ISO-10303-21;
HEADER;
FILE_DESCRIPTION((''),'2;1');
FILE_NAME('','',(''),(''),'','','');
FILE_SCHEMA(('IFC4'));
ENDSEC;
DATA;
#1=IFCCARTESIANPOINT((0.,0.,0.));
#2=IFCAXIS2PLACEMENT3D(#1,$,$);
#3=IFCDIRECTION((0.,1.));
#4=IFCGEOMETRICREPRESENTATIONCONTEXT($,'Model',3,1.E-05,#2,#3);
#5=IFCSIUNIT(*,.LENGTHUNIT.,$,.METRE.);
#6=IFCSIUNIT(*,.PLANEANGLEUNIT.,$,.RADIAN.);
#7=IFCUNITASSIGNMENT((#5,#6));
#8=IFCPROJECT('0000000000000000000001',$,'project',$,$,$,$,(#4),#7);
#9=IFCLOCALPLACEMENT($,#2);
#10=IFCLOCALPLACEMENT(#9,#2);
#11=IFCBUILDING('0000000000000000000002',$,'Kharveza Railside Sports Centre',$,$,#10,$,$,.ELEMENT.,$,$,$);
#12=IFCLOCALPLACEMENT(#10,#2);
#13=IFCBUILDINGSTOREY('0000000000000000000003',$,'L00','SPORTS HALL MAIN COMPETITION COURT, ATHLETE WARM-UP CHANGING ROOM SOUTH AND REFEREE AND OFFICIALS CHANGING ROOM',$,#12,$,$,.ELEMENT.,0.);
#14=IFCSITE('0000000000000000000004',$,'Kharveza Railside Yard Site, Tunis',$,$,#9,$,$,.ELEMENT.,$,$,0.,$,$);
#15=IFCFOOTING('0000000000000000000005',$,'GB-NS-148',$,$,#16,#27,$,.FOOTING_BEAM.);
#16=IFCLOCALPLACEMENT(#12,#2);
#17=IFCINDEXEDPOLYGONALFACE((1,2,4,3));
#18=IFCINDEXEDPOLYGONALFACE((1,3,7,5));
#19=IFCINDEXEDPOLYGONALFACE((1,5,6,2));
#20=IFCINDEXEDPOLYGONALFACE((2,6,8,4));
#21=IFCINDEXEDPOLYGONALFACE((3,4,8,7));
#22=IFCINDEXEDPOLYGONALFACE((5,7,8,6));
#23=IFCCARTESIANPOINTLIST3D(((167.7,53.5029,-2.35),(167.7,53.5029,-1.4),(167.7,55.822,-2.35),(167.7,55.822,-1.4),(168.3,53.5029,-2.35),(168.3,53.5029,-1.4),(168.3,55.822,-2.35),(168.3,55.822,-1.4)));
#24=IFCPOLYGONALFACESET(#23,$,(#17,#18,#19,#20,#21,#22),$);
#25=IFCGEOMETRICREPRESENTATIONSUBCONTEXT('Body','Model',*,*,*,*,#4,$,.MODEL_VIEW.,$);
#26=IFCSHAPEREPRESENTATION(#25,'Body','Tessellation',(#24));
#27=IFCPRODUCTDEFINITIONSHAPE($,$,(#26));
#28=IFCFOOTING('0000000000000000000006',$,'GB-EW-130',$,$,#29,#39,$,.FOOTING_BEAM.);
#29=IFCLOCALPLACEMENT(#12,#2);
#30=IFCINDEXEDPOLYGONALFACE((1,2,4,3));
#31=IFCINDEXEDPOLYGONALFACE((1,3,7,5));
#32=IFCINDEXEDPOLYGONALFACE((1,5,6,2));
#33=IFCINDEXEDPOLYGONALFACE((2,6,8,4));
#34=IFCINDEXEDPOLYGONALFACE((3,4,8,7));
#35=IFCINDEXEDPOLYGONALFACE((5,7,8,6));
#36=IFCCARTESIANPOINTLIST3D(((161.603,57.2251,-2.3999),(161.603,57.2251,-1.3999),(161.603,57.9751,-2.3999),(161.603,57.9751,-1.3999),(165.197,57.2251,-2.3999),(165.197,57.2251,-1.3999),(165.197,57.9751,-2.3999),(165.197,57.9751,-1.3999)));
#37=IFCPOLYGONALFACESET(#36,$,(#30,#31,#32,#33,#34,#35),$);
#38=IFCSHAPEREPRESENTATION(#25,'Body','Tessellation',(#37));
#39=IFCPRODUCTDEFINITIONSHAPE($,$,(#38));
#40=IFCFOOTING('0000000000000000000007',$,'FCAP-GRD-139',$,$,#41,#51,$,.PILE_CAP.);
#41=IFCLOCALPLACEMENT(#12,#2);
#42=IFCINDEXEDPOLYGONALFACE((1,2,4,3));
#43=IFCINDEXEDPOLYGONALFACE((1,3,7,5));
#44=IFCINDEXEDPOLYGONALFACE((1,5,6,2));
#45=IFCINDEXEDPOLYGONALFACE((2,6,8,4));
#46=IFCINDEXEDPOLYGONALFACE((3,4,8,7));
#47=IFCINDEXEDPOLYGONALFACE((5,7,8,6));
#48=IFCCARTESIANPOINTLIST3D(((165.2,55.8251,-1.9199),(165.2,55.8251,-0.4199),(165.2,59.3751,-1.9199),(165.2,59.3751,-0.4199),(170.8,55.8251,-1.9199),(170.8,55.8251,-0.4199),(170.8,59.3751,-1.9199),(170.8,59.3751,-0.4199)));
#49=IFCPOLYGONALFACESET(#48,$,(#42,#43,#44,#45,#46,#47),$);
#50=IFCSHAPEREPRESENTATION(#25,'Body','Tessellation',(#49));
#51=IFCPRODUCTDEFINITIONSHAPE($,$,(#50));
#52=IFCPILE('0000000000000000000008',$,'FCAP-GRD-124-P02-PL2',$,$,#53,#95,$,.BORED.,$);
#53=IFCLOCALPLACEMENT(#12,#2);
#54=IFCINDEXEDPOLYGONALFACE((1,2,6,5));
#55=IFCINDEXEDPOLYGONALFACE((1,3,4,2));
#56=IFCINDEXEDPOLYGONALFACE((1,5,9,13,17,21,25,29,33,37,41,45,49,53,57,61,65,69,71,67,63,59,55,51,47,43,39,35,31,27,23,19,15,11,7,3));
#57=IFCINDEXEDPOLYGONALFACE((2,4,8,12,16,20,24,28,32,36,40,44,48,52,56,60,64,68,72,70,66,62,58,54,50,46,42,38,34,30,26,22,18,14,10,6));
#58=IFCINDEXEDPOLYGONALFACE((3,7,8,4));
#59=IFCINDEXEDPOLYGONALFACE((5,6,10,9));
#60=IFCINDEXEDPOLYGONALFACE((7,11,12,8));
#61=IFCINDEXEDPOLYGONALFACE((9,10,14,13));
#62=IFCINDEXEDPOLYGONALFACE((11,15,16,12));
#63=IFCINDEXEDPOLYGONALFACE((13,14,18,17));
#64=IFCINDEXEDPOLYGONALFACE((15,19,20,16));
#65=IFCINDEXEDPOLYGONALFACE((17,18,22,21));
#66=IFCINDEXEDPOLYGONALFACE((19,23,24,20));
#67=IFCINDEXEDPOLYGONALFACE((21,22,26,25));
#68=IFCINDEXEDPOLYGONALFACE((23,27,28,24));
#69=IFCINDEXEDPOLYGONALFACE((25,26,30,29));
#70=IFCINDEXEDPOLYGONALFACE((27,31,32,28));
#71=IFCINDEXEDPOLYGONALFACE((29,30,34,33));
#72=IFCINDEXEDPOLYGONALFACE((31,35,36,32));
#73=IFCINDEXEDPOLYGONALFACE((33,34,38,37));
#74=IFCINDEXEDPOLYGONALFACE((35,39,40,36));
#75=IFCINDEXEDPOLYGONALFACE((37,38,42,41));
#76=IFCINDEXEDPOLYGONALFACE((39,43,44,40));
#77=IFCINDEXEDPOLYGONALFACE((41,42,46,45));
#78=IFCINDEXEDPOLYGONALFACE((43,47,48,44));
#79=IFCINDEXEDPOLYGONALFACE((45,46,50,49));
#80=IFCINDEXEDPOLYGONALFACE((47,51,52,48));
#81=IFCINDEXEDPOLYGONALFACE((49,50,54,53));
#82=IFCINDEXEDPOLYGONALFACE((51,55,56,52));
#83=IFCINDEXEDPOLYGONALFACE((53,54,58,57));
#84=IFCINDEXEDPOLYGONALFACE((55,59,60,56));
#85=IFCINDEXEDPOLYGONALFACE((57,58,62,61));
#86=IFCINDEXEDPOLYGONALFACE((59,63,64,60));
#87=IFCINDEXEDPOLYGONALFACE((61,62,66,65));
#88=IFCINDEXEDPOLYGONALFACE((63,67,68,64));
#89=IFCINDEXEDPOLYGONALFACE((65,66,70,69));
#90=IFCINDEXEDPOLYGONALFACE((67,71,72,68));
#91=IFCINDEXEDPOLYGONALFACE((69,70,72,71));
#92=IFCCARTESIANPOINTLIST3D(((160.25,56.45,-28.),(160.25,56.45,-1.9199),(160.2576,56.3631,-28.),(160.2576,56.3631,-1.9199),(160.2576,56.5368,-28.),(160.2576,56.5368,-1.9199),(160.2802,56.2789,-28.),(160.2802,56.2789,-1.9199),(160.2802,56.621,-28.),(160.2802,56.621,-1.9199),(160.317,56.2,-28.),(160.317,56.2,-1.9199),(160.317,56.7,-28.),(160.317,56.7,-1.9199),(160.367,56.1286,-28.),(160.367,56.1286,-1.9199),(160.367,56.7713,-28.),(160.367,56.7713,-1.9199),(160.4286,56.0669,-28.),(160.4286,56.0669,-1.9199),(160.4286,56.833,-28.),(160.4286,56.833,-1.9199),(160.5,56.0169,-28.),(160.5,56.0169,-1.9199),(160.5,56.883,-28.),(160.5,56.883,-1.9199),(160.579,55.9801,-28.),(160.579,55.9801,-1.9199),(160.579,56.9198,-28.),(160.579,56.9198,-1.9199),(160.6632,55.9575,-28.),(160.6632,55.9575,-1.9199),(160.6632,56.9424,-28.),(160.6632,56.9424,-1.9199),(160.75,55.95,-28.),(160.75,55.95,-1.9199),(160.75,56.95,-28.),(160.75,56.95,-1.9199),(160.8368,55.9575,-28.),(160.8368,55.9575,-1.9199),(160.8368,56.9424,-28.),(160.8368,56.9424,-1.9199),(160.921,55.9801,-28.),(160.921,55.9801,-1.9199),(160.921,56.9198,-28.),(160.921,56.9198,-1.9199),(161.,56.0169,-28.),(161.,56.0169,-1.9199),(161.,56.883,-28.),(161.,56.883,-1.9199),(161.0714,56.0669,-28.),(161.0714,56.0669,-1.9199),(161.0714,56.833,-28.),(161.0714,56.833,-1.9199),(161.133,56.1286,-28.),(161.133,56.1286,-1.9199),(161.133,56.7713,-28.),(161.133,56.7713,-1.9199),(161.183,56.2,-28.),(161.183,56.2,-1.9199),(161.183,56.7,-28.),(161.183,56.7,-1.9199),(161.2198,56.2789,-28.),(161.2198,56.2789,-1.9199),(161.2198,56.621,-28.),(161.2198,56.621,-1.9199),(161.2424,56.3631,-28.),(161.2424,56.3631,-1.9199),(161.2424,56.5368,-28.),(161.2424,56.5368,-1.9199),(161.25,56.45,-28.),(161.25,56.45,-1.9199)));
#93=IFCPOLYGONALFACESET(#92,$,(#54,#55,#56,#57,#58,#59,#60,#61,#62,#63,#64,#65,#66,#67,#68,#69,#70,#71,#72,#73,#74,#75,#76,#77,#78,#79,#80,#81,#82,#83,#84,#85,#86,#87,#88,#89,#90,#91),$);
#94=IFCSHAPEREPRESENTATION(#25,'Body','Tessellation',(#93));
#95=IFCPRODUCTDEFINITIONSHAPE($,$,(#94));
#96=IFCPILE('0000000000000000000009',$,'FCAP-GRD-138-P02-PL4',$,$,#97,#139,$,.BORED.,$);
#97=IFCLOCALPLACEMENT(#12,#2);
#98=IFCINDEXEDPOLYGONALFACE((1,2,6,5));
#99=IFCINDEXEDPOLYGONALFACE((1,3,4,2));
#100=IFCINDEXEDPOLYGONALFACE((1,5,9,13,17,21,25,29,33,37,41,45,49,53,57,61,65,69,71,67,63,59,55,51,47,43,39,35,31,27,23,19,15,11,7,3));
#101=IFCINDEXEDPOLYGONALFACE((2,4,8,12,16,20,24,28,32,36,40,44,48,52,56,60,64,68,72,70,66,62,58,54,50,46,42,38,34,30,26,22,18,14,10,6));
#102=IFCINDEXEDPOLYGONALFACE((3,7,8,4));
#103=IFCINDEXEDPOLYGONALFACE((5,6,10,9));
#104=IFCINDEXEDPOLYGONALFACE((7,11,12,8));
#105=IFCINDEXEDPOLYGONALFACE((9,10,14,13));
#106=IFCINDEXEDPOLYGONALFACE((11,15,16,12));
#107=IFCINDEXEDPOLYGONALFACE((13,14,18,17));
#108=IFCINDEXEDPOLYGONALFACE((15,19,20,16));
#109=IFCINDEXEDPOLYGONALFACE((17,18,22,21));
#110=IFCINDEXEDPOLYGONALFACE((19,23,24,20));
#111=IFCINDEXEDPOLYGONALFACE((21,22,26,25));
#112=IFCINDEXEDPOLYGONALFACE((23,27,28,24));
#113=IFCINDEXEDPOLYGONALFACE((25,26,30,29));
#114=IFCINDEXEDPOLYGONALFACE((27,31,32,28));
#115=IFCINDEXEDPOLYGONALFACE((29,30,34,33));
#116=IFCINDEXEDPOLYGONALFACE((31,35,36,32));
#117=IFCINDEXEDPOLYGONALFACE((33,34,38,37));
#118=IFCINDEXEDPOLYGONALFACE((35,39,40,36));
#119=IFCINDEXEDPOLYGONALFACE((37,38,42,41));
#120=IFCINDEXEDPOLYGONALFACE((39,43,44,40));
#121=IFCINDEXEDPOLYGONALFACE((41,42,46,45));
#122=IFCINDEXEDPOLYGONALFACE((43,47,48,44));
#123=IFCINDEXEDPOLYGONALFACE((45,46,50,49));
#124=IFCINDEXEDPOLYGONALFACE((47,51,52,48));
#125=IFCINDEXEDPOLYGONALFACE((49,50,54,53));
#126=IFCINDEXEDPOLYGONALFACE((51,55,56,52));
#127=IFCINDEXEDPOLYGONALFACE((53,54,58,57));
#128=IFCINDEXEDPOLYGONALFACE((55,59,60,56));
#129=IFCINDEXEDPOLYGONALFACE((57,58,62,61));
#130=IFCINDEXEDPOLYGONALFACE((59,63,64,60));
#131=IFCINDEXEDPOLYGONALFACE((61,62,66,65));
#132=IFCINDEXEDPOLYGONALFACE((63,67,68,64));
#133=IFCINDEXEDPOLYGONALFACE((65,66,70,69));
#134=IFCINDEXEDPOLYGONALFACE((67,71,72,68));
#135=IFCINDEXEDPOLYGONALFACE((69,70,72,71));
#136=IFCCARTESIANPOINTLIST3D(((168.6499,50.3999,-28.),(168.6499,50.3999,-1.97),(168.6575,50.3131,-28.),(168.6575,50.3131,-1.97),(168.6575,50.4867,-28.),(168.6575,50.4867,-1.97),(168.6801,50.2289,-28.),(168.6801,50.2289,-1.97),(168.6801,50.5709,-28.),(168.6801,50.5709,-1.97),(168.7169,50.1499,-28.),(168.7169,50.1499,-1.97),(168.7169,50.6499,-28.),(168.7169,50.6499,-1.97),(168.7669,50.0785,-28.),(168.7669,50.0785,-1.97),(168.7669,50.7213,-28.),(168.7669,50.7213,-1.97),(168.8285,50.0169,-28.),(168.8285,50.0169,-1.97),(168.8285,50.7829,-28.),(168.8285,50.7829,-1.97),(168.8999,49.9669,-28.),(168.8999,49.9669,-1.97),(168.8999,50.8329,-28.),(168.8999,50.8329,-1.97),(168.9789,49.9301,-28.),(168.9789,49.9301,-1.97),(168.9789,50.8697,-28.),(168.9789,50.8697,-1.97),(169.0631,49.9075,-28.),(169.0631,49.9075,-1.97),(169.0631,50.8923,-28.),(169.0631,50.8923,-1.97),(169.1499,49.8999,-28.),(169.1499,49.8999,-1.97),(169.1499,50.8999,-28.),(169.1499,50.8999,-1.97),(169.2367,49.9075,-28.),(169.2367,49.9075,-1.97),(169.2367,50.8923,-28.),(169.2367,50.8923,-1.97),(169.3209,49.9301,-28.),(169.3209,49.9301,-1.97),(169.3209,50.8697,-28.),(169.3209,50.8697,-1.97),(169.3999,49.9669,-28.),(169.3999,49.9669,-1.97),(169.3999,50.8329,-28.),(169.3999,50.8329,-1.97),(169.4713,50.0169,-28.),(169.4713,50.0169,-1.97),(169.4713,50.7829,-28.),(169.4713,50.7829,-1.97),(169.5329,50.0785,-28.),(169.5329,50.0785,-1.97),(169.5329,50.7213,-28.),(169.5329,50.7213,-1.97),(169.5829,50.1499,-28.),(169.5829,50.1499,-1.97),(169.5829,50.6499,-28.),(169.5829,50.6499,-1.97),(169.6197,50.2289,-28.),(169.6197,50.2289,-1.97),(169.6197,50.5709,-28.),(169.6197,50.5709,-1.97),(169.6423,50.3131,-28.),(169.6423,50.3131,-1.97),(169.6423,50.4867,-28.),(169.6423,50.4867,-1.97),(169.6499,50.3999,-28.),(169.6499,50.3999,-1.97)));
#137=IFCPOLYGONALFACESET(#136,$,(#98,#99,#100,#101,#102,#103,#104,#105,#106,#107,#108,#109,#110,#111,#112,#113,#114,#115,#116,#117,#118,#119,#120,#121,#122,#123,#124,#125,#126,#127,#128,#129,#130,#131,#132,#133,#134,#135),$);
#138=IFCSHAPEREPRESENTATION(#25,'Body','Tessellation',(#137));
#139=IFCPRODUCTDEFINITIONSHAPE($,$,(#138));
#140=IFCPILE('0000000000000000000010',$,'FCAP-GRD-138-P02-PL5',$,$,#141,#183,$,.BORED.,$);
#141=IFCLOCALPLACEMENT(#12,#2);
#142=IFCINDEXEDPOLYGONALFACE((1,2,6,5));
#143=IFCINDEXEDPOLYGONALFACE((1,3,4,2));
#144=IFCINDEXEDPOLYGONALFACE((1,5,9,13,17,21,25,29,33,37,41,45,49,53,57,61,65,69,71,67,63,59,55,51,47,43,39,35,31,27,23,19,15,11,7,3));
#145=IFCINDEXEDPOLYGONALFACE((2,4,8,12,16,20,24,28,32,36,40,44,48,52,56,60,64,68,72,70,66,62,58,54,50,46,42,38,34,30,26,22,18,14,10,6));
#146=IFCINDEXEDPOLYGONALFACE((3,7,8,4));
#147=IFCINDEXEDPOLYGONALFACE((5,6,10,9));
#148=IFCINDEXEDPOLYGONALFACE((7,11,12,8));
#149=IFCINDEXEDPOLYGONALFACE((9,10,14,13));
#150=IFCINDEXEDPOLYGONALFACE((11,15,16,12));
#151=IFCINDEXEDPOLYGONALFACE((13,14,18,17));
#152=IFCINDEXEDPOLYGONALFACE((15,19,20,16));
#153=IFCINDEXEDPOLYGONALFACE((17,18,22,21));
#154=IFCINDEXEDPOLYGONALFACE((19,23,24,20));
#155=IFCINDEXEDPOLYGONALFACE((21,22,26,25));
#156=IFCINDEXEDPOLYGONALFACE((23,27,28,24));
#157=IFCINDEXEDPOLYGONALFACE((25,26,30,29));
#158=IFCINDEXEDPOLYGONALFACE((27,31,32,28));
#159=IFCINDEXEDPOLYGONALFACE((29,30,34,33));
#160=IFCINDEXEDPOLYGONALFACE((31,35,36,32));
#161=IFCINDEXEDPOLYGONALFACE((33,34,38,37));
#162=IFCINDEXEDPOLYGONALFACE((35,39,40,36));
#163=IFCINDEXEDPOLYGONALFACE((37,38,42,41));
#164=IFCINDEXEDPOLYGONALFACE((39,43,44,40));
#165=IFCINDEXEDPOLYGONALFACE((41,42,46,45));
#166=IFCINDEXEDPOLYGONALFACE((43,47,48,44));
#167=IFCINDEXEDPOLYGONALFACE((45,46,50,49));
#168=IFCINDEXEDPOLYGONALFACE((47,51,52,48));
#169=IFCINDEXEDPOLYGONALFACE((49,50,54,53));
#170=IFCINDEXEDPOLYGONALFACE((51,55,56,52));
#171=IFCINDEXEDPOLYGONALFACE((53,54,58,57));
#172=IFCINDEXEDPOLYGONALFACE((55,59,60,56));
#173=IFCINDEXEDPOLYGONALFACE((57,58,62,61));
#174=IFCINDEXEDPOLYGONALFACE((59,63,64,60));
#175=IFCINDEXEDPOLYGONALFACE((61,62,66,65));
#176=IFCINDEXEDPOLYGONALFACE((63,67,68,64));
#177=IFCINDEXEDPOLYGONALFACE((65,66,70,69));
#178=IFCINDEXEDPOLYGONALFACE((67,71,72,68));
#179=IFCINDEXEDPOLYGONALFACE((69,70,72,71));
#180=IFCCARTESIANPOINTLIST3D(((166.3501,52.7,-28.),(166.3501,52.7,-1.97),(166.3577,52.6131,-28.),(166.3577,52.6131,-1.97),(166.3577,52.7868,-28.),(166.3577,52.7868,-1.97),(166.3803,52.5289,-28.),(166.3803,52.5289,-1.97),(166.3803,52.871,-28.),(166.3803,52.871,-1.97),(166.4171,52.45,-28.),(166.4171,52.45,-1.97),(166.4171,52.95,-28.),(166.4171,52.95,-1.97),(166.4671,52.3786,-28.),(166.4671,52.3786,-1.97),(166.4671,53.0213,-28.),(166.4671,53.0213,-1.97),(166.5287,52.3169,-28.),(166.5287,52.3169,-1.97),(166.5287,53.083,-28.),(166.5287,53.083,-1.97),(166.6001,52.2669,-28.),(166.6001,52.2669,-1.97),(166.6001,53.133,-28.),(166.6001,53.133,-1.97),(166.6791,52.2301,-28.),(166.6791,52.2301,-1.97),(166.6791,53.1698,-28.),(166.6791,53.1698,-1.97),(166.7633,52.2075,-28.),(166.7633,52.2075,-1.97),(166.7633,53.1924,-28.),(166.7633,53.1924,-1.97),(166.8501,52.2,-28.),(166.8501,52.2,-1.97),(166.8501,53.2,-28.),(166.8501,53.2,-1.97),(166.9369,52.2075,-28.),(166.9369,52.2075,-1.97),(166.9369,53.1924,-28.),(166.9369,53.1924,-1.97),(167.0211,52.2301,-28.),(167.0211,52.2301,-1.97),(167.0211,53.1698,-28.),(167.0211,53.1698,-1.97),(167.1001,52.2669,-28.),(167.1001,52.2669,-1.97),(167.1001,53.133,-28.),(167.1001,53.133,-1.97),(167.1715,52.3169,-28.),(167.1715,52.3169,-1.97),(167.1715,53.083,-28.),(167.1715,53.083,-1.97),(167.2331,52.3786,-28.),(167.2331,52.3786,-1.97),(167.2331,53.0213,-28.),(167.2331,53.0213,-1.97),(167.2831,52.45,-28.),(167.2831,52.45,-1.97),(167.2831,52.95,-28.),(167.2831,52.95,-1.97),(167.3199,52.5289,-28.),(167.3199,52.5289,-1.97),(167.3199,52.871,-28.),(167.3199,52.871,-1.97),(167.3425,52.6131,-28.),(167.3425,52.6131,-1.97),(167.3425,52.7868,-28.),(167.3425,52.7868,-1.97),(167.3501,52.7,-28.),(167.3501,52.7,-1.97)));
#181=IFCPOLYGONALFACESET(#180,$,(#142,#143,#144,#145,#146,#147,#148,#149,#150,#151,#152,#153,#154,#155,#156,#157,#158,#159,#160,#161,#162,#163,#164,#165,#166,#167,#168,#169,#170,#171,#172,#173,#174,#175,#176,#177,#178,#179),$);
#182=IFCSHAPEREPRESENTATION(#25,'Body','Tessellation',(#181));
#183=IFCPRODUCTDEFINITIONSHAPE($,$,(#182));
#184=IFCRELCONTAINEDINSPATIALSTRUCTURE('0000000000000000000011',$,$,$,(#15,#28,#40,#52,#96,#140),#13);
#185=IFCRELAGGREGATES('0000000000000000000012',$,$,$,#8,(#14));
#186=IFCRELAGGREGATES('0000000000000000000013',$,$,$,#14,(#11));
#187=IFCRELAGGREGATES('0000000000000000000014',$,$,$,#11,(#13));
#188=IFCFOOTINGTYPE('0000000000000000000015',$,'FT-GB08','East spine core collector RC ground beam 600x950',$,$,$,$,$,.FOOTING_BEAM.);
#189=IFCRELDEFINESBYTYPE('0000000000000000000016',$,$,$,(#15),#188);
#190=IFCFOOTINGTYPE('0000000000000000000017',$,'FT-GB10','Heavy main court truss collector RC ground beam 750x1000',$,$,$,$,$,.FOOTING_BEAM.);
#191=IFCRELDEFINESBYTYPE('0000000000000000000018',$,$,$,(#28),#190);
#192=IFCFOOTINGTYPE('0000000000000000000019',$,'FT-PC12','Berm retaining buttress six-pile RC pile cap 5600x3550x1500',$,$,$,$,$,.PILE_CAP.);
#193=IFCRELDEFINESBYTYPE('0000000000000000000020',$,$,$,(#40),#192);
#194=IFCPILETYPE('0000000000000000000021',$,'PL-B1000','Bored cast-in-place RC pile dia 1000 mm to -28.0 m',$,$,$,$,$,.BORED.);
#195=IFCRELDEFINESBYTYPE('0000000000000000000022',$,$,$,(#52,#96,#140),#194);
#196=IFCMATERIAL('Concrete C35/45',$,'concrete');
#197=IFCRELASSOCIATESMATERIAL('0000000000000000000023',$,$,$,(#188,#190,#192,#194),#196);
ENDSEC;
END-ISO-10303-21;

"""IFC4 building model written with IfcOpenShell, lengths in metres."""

from ifc_helpers import new_model, si_unit, direction, frame, origin, origin_2d, place, context, subcontext, project, spatial, rectangle, circle, extrude, material, material_profile, profile_set, type_object, element, save


model = new_model("IFC4")

# Units and contexts
model_context = context("Model", 3, precision=1e-05, world=origin(), true_north=direction((0.0, 1.0)))
body_context = subcontext(model_context, "Body", "Model", "MODEL_VIEW")
ifc_project = project(units=[si_unit("LENGTHUNIT", "METRE"), si_unit("PLANEANGLEUNIT", "RADIAN")], contexts=[model_context])

# Site, building, storey
site_placement = place(None, origin())
site = spatial("IfcSite", under=ifc_project, at=site_placement, Name="Kharveza Railside Yard Site, Tunis", CompositionType="ELEMENT", RefElevation=0.0)
building_placement = place(site_placement, origin())
building = spatial("IfcBuilding", under=site, at=building_placement, Name="Kharveza Railside Sports Centre", CompositionType="ELEMENT")
storey_placement = place(building_placement, origin())
storey = spatial("IfcBuildingStorey", under=building, at=storey_placement, Name="L00", Description="SPORTS HALL MAIN COMPETITION COURT, ATHLETE WARM-UP CHANGING ROOM SOUTH AND REFEREE AND OFFICIALS CHANGING ROOM", CompositionType="ELEMENT", Elevation=0.0)

# Footings
ifc_material_1 = material(Name="Concrete C35/45", Category="concrete")
ifc_material_profile_1 = material_profile(ifc_material_1, rectangle(XDim=0.6001, YDim=0.95, at=origin_2d()), Name="GB 600x950")
ifc_profile_set_1 = profile_set([ifc_material_profile_1], Name="Concrete C35/45")
footing_type_1 = type_object("IfcFootingType", Name="FT-GB08", Description="East spine core collector RC ground beam 600x950", PredefinedType="FOOTING_BEAM", material=ifc_profile_set_1)
footing_1_placement = place(storey_placement, frame((168.0, 53.5029, -1.875), z_axis=(0.0, 1.0, 0.0), x_axis=(-1.0, 0.0, 0.0)))
element("IfcFooting", 1, at=footing_1_placement, inside=storey, type_object=footing_type_1, Name="GB-NS-148", PredefinedType="FOOTING_BEAM", context=body_context, shape_type="SweptSolid", body=[
    extrude(rectangle(XDim=0.6001, YDim=0.95, at=origin_2d()), origin(), (0.0, 0.0, 1.0), 2.3191),
])
ifc_material_profile_2 = material_profile(ifc_material_1, rectangle(XDim=0.75, YDim=1.0, at=origin_2d()), Name="GB 750x1000")
ifc_profile_set_2 = profile_set([ifc_material_profile_2], Name="Concrete C35/45")
footing_type_2 = type_object("IfcFootingType", Name="FT-GB10", Description="Heavy main court truss collector RC ground beam 750x1000", PredefinedType="FOOTING_BEAM", material=ifc_profile_set_2)
footing_2_placement = place(storey_placement, frame((161.603, 57.6001, -1.8999), z_axis=(1.0, 0.0, 0.0), x_axis=(0.0, 1.0, 0.0)))
element("IfcFooting", 2, at=footing_2_placement, inside=storey, type_object=footing_type_2, Name="GB-EW-130", PredefinedType="FOOTING_BEAM", context=body_context, shape_type="SweptSolid", body=[
    extrude(rectangle(XDim=0.75, YDim=1.0, at=origin_2d()), origin(), (0.0, 0.0, 1.0), 3.594),
])
footing_type_3 = type_object("IfcFootingType", Name="FT-PC12", Description="Berm retaining buttress six-pile RC pile cap 5600x3550x1500", PredefinedType="PILE_CAP", material=ifc_material_1)
footing_3_placement = place(storey_placement, frame((168.0, 57.6001, -1.9199), z_axis=(0.0, 0.0, 1.0), x_axis=(1.0, 0.0, 0.0)))
element("IfcFooting", 3, at=footing_3_placement, inside=storey, type_object=footing_type_3, Name="FCAP-GRD-139", PredefinedType="PILE_CAP", context=body_context, shape_type="SweptSolid", body=[
    extrude(rectangle(XDim=5.6001, YDim=3.55, at=origin_2d()), origin(), (0.0, 0.0, 1.0), 1.5),
])

# Piles
ifc_material_profile_3 = material_profile(ifc_material_1, circle(Radius=0.5, at=origin_2d()), Name="PILE D1000")
ifc_profile_set_3 = profile_set([ifc_material_profile_3], Name="Concrete C35/45")
pile_type_1 = type_object("IfcPileType", Name="PL-B1000", Description="Bored cast-in-place RC pile dia 1000 mm to -28.0 m", PredefinedType="BORED", material=ifc_profile_set_3)
pile_placement = place(storey_placement, frame((160.75, 56.45, -1.9199), z_axis=(0.0, 0.0, -1.0), x_axis=(1.0, 0.0, 0.0)))
element("IfcPile", 4, at=pile_placement, inside=storey, type_object=pile_type_1, Name="FCAP-GRD-124-P02-PL2", PredefinedType="BORED", context=body_context, shape_type="SweptSolid", body=[
    extrude(circle(Radius=0.5, at=origin_2d()), origin(), (0.0, 0.0, 1.0), 26.0801),
])
for number, where, z_axis, x_axis, name in (
    (5, (169.1499, 50.3999, -1.97), (0.0, 0.0, -1.0), (1.0, 0.0, 0.0), "FCAP-GRD-138-P02-PL4"),
    (6, (166.8501, 52.7, -1.97), (0.0, 0.0, -1.0), (1.0, 0.0, 0.0), "FCAP-GRD-138-P02-PL5"),
):
    element("IfcPile", number, at=place(storey_placement, frame(where, z_axis=z_axis, x_axis=x_axis)), inside=storey, type_object=pile_type_1, Name=name, PredefinedType="BORED", context=body_context, shape_type="SweptSolid", body=[
        extrude(circle(Radius=0.5, at=origin_2d()), origin(), (0.0, 0.0, 1.0), 26.03),
    ])

save(model, "model.ifc")
